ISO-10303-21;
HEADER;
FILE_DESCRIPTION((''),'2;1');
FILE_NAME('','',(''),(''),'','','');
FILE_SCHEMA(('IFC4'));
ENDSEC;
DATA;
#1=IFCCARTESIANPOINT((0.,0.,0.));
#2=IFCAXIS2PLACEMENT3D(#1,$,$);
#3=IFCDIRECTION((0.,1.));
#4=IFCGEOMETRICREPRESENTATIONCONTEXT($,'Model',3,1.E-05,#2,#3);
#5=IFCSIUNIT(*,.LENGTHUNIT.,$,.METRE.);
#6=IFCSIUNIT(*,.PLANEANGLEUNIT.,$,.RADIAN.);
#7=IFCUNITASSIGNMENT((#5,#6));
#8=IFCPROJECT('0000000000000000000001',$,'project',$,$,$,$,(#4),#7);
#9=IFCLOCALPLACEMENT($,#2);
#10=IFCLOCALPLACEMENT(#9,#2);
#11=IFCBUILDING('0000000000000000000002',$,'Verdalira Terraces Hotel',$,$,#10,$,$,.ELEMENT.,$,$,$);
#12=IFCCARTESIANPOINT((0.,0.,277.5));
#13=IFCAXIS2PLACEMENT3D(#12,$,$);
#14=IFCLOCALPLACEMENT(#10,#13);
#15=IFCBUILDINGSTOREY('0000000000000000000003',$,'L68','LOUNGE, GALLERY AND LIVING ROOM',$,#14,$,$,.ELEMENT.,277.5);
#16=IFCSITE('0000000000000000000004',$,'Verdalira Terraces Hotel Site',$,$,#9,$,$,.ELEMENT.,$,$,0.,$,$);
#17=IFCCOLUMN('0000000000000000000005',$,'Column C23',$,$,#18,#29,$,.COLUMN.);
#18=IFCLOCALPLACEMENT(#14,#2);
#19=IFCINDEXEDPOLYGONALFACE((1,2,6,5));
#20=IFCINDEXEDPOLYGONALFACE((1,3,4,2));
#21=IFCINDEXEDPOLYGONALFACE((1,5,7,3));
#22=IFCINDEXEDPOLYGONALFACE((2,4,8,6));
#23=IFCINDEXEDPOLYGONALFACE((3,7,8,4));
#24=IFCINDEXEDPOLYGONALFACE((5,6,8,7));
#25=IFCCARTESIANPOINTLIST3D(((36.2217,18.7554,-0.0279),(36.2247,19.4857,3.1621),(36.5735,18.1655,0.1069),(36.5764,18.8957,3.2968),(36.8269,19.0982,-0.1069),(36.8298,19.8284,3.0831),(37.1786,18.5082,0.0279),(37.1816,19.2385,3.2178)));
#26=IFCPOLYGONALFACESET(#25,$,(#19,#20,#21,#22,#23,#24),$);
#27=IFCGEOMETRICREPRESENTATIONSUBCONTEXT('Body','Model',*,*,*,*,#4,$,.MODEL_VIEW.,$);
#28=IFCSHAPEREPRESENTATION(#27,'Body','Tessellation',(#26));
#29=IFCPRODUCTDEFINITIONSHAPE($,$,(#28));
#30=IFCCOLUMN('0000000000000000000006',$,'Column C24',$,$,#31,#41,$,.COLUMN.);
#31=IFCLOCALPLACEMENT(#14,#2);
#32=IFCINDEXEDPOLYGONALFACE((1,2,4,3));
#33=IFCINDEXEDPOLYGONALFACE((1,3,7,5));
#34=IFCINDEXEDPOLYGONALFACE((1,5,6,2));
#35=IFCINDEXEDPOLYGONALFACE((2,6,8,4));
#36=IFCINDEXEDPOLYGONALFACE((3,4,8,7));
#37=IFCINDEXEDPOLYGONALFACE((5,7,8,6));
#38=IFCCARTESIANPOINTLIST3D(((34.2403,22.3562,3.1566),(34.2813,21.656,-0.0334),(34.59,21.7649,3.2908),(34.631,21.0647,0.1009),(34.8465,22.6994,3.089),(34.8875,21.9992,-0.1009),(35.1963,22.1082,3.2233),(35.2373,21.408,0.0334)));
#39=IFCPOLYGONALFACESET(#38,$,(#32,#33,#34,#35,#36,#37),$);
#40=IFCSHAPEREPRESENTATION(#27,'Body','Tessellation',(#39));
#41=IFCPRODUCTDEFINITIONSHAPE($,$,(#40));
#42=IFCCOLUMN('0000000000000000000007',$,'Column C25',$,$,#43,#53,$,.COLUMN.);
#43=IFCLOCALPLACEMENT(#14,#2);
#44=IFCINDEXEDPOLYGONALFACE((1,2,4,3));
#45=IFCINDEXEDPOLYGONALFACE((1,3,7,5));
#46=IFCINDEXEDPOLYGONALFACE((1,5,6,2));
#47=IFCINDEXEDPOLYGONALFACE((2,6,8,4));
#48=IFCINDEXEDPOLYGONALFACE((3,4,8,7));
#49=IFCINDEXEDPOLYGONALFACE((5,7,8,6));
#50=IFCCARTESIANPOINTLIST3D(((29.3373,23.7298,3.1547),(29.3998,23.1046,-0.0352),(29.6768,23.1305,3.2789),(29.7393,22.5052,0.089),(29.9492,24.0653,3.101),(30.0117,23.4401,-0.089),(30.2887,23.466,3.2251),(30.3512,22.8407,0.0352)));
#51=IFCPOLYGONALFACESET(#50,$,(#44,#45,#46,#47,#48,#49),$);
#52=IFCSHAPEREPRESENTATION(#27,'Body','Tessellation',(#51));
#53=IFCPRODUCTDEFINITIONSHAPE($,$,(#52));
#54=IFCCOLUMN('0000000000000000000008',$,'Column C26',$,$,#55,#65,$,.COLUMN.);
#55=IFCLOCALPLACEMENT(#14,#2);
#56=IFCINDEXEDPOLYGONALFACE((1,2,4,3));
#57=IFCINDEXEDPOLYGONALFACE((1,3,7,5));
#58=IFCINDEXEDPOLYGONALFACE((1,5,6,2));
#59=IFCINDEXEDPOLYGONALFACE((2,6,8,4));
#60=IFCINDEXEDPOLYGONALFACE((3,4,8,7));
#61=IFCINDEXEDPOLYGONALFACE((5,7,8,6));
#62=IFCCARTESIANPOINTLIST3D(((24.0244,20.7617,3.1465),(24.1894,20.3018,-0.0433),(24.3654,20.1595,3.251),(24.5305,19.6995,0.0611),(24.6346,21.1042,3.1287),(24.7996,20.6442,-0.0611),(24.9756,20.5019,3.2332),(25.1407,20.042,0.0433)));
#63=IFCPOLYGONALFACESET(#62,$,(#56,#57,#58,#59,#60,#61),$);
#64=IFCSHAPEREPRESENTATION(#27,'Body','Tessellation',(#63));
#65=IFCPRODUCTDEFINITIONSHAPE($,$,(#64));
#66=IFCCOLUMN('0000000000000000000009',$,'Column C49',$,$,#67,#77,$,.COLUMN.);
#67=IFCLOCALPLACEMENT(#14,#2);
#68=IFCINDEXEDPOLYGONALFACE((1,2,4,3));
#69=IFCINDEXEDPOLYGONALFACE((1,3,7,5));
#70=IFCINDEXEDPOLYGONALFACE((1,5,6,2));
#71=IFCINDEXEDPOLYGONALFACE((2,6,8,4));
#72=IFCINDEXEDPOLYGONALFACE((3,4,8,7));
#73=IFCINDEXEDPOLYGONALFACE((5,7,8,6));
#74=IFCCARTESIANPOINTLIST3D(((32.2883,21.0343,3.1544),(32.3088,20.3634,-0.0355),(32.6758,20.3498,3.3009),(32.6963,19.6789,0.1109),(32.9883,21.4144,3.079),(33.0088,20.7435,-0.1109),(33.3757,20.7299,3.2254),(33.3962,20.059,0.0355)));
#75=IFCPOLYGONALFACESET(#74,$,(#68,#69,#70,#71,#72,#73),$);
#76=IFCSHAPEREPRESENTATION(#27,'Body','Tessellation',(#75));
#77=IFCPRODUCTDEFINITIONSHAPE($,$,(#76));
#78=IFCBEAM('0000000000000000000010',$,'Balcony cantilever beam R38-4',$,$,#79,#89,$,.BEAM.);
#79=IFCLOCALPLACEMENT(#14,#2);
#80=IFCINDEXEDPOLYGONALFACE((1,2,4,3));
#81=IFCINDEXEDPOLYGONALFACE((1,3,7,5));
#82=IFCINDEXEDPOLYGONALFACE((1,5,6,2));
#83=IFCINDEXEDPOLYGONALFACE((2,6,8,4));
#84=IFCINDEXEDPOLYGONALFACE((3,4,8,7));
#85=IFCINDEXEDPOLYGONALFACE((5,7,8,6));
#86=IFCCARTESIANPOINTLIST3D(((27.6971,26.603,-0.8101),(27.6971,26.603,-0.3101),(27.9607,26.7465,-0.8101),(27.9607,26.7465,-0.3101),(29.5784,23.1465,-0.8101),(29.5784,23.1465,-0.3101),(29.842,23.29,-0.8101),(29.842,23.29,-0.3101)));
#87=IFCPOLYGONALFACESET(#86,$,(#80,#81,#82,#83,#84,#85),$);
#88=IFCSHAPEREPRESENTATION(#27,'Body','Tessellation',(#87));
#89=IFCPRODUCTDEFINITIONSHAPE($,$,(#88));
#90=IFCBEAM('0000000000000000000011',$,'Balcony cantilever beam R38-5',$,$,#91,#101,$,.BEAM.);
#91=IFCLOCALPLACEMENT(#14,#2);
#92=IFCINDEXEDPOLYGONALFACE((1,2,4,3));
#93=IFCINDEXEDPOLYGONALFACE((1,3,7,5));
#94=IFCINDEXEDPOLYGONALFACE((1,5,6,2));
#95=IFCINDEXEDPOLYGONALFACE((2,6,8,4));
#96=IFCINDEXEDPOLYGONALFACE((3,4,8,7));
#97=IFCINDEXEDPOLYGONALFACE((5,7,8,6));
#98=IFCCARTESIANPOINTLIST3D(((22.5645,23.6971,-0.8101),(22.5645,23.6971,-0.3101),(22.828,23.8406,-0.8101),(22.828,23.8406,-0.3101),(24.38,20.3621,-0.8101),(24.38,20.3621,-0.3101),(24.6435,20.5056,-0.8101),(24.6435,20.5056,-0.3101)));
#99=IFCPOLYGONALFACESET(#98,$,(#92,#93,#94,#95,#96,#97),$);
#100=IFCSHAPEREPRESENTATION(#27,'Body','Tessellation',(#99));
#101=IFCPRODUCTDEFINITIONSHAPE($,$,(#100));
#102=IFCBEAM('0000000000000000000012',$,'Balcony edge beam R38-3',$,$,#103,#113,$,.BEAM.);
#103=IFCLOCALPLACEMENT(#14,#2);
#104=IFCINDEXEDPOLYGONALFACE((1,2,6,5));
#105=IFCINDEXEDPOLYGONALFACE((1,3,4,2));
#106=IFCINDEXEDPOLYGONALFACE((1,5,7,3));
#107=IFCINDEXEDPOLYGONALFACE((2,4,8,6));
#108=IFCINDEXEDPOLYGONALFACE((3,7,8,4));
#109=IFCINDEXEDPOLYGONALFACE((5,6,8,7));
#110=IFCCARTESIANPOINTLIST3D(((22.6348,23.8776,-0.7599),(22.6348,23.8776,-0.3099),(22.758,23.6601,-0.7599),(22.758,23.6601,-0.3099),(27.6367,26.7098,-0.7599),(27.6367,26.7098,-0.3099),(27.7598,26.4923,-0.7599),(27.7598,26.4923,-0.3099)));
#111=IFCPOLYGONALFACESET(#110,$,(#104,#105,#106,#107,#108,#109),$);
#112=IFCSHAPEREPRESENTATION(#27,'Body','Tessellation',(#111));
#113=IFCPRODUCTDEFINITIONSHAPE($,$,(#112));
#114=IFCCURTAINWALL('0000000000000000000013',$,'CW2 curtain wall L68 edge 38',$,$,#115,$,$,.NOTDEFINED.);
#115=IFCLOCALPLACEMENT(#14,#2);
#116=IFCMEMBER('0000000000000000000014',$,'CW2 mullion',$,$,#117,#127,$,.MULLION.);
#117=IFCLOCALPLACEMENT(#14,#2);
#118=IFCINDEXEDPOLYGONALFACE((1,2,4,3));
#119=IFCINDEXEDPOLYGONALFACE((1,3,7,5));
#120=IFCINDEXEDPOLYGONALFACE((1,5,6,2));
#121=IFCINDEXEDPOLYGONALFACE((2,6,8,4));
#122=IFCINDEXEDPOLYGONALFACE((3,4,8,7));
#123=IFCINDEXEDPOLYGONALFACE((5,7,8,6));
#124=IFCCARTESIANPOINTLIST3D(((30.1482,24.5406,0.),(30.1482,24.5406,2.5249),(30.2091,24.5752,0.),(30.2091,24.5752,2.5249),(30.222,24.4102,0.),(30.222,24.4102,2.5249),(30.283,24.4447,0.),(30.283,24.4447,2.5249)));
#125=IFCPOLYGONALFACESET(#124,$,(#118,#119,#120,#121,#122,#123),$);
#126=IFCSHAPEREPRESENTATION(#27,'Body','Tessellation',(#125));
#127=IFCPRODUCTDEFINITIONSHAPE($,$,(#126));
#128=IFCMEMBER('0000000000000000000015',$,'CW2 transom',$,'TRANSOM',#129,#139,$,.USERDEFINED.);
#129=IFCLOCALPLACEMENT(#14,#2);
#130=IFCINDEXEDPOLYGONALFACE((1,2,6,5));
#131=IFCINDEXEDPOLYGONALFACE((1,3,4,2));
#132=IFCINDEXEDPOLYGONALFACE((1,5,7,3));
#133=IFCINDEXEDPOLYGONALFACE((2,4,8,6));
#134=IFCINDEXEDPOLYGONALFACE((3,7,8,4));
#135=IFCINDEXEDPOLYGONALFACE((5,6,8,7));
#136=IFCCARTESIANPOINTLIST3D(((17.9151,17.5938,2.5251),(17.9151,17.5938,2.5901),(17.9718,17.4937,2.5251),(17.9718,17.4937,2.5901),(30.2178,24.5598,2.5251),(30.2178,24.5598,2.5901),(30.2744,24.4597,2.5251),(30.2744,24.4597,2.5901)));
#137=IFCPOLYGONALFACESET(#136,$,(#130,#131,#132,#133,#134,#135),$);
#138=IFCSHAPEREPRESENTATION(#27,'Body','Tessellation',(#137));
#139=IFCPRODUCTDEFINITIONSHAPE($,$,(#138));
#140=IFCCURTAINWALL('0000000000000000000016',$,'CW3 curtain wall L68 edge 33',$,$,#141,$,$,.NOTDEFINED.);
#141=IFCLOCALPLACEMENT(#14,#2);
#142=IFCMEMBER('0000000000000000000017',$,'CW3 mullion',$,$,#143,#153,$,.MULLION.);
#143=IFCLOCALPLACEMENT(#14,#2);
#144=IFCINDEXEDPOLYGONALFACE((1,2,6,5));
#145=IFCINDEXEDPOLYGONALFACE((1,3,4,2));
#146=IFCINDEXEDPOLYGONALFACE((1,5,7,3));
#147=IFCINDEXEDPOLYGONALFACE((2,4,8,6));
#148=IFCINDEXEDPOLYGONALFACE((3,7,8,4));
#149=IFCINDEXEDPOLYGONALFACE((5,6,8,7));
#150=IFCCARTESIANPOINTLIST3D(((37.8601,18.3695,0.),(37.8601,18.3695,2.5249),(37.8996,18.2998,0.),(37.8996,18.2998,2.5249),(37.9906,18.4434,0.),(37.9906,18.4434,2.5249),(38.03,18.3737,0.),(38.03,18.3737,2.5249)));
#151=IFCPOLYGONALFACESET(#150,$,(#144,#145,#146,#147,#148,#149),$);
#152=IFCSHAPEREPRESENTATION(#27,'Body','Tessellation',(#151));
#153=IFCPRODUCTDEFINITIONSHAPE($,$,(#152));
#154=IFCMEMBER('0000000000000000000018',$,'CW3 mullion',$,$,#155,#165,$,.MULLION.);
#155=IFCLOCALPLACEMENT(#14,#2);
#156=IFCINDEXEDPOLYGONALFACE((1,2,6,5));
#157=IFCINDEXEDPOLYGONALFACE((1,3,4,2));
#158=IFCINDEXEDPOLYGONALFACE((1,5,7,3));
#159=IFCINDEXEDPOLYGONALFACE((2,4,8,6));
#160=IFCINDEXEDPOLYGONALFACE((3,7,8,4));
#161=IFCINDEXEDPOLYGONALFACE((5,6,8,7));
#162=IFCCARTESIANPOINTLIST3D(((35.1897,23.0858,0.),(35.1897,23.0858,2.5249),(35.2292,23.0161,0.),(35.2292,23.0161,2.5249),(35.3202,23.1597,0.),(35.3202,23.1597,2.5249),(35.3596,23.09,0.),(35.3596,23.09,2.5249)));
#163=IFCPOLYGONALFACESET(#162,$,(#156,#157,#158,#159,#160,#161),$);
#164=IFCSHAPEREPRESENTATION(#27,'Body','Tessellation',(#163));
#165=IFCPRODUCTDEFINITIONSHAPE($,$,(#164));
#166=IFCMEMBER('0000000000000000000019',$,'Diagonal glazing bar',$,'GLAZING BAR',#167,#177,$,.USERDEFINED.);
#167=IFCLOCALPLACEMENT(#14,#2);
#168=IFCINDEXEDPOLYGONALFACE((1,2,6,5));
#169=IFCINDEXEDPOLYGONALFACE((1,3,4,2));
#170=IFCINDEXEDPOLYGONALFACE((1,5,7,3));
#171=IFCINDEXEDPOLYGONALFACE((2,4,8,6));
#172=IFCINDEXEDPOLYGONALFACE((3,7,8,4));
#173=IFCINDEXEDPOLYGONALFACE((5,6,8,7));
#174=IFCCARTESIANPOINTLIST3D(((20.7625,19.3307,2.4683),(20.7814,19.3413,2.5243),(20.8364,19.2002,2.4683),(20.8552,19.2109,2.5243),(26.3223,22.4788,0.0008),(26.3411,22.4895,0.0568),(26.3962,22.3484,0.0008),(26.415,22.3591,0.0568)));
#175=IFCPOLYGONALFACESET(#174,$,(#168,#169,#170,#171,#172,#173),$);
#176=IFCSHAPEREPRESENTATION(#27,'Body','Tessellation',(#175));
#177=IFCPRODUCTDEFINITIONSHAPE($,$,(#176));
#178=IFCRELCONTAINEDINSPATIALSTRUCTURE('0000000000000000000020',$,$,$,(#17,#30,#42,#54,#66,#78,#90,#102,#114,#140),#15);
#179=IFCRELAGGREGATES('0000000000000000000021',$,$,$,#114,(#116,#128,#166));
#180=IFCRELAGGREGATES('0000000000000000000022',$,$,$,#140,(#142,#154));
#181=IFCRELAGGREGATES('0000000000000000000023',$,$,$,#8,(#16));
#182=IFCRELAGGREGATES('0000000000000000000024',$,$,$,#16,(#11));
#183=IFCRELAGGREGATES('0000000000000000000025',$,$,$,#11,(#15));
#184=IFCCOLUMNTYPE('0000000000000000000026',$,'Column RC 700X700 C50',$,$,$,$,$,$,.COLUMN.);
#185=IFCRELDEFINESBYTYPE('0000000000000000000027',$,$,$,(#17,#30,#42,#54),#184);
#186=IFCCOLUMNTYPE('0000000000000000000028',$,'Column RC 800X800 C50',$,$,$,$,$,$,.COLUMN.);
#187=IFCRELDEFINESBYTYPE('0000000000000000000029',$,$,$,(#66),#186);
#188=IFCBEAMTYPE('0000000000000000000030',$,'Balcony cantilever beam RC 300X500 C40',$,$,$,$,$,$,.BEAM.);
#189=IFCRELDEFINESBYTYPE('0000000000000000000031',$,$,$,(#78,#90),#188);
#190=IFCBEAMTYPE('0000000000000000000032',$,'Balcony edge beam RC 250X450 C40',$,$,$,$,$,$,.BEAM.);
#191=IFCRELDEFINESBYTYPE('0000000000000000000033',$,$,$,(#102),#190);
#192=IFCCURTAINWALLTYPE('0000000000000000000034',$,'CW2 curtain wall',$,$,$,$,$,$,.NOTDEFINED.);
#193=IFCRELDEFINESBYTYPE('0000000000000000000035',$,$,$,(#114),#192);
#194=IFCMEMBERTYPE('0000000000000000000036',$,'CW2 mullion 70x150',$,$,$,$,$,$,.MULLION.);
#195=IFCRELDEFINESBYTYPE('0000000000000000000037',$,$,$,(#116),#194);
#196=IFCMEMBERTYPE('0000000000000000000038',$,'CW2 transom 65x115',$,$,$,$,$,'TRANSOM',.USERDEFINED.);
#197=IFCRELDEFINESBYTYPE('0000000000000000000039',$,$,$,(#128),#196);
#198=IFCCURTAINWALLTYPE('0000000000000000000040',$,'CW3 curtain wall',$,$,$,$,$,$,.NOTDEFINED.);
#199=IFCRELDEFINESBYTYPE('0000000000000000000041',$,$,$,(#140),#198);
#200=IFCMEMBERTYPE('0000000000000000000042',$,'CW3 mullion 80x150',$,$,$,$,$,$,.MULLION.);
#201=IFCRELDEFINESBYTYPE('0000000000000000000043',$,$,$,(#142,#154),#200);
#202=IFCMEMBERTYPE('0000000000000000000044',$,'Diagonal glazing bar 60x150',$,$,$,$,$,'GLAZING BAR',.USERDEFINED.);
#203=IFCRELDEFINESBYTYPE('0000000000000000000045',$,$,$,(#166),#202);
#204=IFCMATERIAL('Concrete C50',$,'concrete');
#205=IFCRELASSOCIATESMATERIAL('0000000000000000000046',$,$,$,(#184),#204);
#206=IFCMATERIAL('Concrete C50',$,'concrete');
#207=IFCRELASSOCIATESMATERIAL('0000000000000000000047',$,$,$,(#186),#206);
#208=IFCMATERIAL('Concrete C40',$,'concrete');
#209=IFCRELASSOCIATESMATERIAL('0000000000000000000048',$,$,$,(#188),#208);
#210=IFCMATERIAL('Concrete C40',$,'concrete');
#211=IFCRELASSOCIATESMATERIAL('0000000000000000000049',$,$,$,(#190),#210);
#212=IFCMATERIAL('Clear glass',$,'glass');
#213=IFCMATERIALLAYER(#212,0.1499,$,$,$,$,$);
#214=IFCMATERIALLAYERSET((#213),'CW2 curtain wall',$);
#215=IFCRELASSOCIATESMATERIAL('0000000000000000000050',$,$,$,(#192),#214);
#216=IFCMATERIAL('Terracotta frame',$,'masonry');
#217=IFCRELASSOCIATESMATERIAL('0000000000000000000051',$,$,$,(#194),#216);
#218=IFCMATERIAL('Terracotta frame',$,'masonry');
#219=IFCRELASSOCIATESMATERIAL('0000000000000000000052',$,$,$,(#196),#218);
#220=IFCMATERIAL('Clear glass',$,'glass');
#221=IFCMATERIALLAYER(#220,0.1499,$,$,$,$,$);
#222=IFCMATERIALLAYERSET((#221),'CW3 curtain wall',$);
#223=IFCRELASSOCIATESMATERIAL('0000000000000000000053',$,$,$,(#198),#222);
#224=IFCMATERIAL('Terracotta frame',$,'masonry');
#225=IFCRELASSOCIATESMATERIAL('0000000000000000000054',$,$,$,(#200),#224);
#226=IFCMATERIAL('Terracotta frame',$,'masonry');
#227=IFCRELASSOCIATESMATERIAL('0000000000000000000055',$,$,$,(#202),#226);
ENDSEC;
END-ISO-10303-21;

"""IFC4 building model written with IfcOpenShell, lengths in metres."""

from ifc_helpers import new_model, si_unit, direction, frame, origin, origin_2d, place, context, subcontext, project, spatial, rectangle, extrude, material, layer, layer_set, material_profile, profile_set, type_object, element, aggregate, save


model = new_model("IFC4")

# Units and contexts
model_context = context("Model", 3, precision=1e-05, world=origin(), true_north=direction((0.0, 1.0)))
body_context = subcontext(model_context, "Body", "Model", "MODEL_VIEW")
ifc_project = project(units=[si_unit("LENGTHUNIT", "METRE"), si_unit("PLANEANGLEUNIT", "RADIAN")], contexts=[model_context])

# Site, building, storey
site_placement = place(None, origin())
site = spatial("IfcSite", under=ifc_project, at=site_placement, Name="Verdalira Terraces Hotel Site", CompositionType="ELEMENT", RefElevation=0.0)
building_placement = place(site_placement, origin())
building = spatial("IfcBuilding", under=site, at=building_placement, Name="Verdalira Terraces Hotel", CompositionType="ELEMENT")
storey_placement = place(building_placement, frame((0.0, 0.0, 277.5)))
storey = spatial("IfcBuildingStorey", under=building, at=storey_placement, Name="L68", Description="LOUNGE, GALLERY AND LIVING ROOM", CompositionType="ELEMENT", Elevation=277.5)

# Columns
ifc_material_1 = material(Name="Concrete C50", Category="concrete")
ifc_material_profile_1 = material_profile(ifc_material_1, rectangle(XDim=0.7, YDim=0.7, at=origin_2d()), Name="RC 700X700")
ifc_profile_set_1 = profile_set([ifc_material_profile_1], Name="Concrete C50")
column_type_1 = type_object("IfcColumnType", Name="Column RC 700X700 C50", PredefinedType="COLUMN", material=ifc_profile_set_1)
column_1_placement = place(storey_placement, frame((36.7002, 18.6318, 0.0), z_axis=(0.000895, 0.223143, 0.974785), x_axis=(-0.502531, 0.84286, -0.192482)))
element("IfcColumn", 1, at=column_1_placement, inside=storey, type_object=column_type_1, Name="Column C23", PredefinedType="COLUMN", context=body_context, shape_type="SweptSolid", body=[
    extrude(rectangle(XDim=0.7, YDim=0.7, at=origin_2d()), origin(), (0.0, 0.0, 1.0), 3.2725),
])
column_2_placement = place(storey_placement, frame((34.7593, 21.532, 0.0), z_axis=(-0.012558, 0.21438, 0.97667), x_axis=(-0.499665, 0.844708, -0.191839)))
element("IfcColumn", 2, at=column_2_placement, inside=storey, type_object=column_type_1, Name="Column C24", PredefinedType="COLUMN", context=body_context, shape_type="SweptSolid", body=[
    extrude(rectangle(XDim=0.7, YDim=0.7, at=origin_2d()), origin(), (0.0, 0.0, 1.0), 3.2661),
])
column_3_placement = place(storey_placement, frame((29.8755, 22.9727, 0.0), z_axis=(-0.019223, 0.192309, 0.981146), x_axis=(-0.874261, -0.47934, 0.076824)))
element("IfcColumn", 3, at=column_3_placement, inside=storey, type_object=column_type_1, Name="Column C25", PredefinedType="COLUMN", context=body_context, shape_type="SweptSolid", body=[
    extrude(rectangle(XDim=0.7, YDim=0.7, at=origin_2d()), origin(), (0.0, 0.0, 1.0), 3.2512),
])
column_4_placement = place(storey_placement, frame((24.665, 20.1719, 0.0), z_axis=(-0.051141, 0.142528, 0.988469), x_axis=(-0.871779, -0.489238, 0.02544)))
element("IfcColumn", 4, at=column_4_placement, inside=storey, type_object=column_type_1, Name="Column C26", PredefinedType="COLUMN", context=body_context, shape_type="SweptSolid", body=[
    extrude(rectangle(XDim=0.7, YDim=0.7, at=origin_2d()), origin(), (0.0, 0.0, 1.0), 3.2271),
])
ifc_material_2 = material(Name="Concrete C50", Category="concrete")
ifc_material_profile_2 = material_profile(ifc_material_2, rectangle(XDim=0.8, YDim=0.8, at=origin_2d()), Name="RC 800X800")
ifc_profile_set_2 = profile_set([ifc_material_profile_2], Name="Concrete C50")
column_type_2 = type_object("IfcColumnType", Name="Column RC 800X800 C50", PredefinedType="COLUMN", material=ifc_profile_set_2)
column_5_placement = place(storey_placement, frame((32.8525, 20.2112, 0.0), z_axis=(-0.006291, 0.20581, 0.978572), x_axis=(0.874884, 0.475067, -0.09429)))
element("IfcColumn", 5, at=column_5_placement, inside=storey, type_object=column_type_2, Name="Column C49", PredefinedType="COLUMN", context=body_context, shape_type="SweptSolid", body=[
    extrude(rectangle(XDim=0.8, YDim=0.8, at=origin_2d()), origin(), (0.0, 0.0, 1.0), 3.2598),
])

# Beams
ifc_material_3 = material(Name="Concrete C40", Category="concrete")
ifc_material_profile_3 = material_profile(ifc_material_3, rectangle(XDim=0.3, YDim=0.5, at=origin_2d()), Name="RC 300X500")
ifc_profile_set_3 = profile_set([ifc_material_profile_3], Name="Concrete C40")
beam_type_1 = type_object("IfcBeamType", Name="Balcony cantilever beam RC 300X500 C40", PredefinedType="BEAM", material=ifc_profile_set_3)
beam_1_placement = place(storey_placement, frame((29.7102, 23.2183, -0.5601), z_axis=(-0.478061, 0.878327, 0.0), x_axis=(-0.878327, -0.478061, 0.0)))
element("IfcBeam", 6, at=beam_1_placement, inside=storey, type_object=beam_type_1, Name="Balcony cantilever beam R38-4", PredefinedType="BEAM", context=body_context, shape_type="SweptSolid", body=[
    extrude(rectangle(XDim=0.3, YDim=0.5, at=origin_2d()), origin(), (0.0, 0.0, 1.0), 3.9353),
])
beam_2_placement = place(storey_placement, frame((24.5117, 20.4338, -0.5601), z_axis=(-0.478113, 0.878298, 0.0), x_axis=(-0.878298, -0.478113, 0.0)))
element("IfcBeam", 7, at=beam_2_placement, inside=storey, type_object=beam_type_1, Name="Balcony cantilever beam R38-5", PredefinedType="BEAM", context=body_context, shape_type="SweptSolid", body=[
    extrude(rectangle(XDim=0.3, YDim=0.5, at=origin_2d()), origin(), (0.0, 0.0, 1.0), 3.7971),
])
ifc_material_4 = material(Name="Concrete C40", Category="concrete")
ifc_material_profile_4 = material_profile(ifc_material_4, rectangle(XDim=0.25, YDim=0.45, at=origin_2d()), Name="RC 250X450")
ifc_profile_set_4 = profile_set([ifc_material_profile_4], Name="Concrete C40")
beam_type_2 = type_object("IfcBeamType", Name="Balcony edge beam RC 250X450 C40", PredefinedType="BEAM", material=ifc_profile_set_4)
beam_3_placement = place(storey_placement, frame((27.6982, 26.6011, -0.5349), z_axis=(-0.870184, -0.492727, 0.0), x_axis=(0.492727, -0.870184, 0.0)))
element("IfcBeam", 8, at=beam_3_placement, inside=storey, type_object=beam_type_2, Name="Balcony edge beam R38-3", PredefinedType="BEAM", context=body_context, shape_type="SweptSolid", body=[
    extrude(rectangle(XDim=0.25, YDim=0.45, at=origin_2d()), origin(), (0.0, 0.0, 1.0), 5.748),
])

# Curtain walls, members
ifc_material_5 = material(Name="Clear glass", Category="glass")
ifc_layer_1 = layer(ifc_material_5, 0.1499)
ifc_layer_set_1 = layer_set([ifc_layer_1], Name="CW2 curtain wall")
curtain_wall_type_1 = type_object("IfcCurtainWallType", Name="CW2 curtain wall", PredefinedType="NOTDEFINED", material=ifc_layer_set_1)
curtain_wall_1_placement = place(storey_placement, origin())
curtain_wall_1 = element("IfcCurtainWall", 9, at=curtain_wall_1_placement, inside=storey, type_object=curtain_wall_type_1, Name="CW2 curtain wall L68 edge 38", PredefinedType="NOTDEFINED")
ifc_material_6 = material(Name="Terracotta frame", Category="masonry")
ifc_material_profile_5 = material_profile(ifc_material_6, rectangle(XDim=0.0701, YDim=0.1499, at=origin_2d()), Name="MU 70x150")
ifc_profile_set_5 = profile_set([ifc_material_profile_5], Name="Terracotta frame")
member_type_1 = type_object("IfcMemberType", Name="CW2 mullion 70x150", PredefinedType="MULLION", material=ifc_profile_set_5)
member_1_placement = place(storey_placement, frame((30.2156, 24.4927, 0.0), z_axis=(0.0, 0.0, 1.0), x_axis=(-0.870184, -0.492727, 0.0)))
member_1 = element("IfcMember", 10, at=member_1_placement, type_object=member_type_1, Name="CW2 mullion", PredefinedType="MULLION", context=body_context, shape_type="SweptSolid", body=[
    extrude(rectangle(XDim=0.0701, YDim=0.1499, at=origin_2d()), origin(), (0.0, 0.0, 1.0), 2.5249),
])
ifc_material_7 = material(Name="Terracotta frame", Category="masonry")
ifc_material_profile_6 = material_profile(ifc_material_7, rectangle(XDim=0.115, YDim=0.0649, at=origin_2d()), Name="TR 65x115")
ifc_profile_set_6 = profile_set([ifc_material_profile_6], Name="Terracotta frame")
member_type_2 = type_object("IfcMemberType", Name="CW2 transom 65x115", ElementType="TRANSOM", PredefinedType="USERDEFINED", material=ifc_profile_set_6)
member_2_placement = place(storey_placement, frame((30.2461, 24.5098, 2.5576), z_axis=(-0.870189, -0.492719, 0.0), x_axis=(0.492719, -0.870189, 0.0)))
member_2 = element("IfcMember", 11, at=member_2_placement, type_object=member_type_2, Name="CW2 transom", ObjectType="TRANSOM", PredefinedType="USERDEFINED", context=body_context, shape_type="SweptSolid", body=[
    extrude(rectangle(XDim=0.115, YDim=0.0649, at=origin_2d()), origin(), (0.0, 0.0, 1.0), 14.1379),
])
ifc_material_8 = material(Name="Clear glass", Category="glass")
ifc_layer_2 = layer(ifc_material_8, 0.1499)
ifc_layer_set_2 = layer_set([ifc_layer_2], Name="CW3 curtain wall")
curtain_wall_type_2 = type_object("IfcCurtainWallType", Name="CW3 curtain wall", PredefinedType="NOTDEFINED", material=ifc_layer_set_2)
curtain_wall_2_placement = place(storey_placement, origin())
curtain_wall_2 = element("IfcCurtainWall", 12, at=curtain_wall_2_placement, inside=storey, type_object=curtain_wall_type_2, Name="CW3 curtain wall L68 edge 33", PredefinedType="NOTDEFINED")
ifc_material_9 = material(Name="Terracotta frame", Category="masonry")
ifc_material_profile_7 = material_profile(ifc_material_9, rectangle(XDim=0.0801, YDim=0.1499, at=origin_2d()), Name="MU 80x150")
ifc_profile_set_7 = profile_set([ifc_material_profile_7], Name="Terracotta frame")
member_type_3 = type_object("IfcMemberType", Name="CW3 mullion 80x150", PredefinedType="MULLION", material=ifc_profile_set_7)
member_3_placement = place(storey_placement, frame((37.9451, 18.3716, 0.0), z_axis=(0.0, 0.0, 1.0), x_axis=(-0.492727, 0.870184, 0.0)))
member_3 = element("IfcMember", 13, at=member_3_placement, type_object=member_type_3, Name="CW3 mullion", PredefinedType="MULLION", context=body_context, shape_type="SweptSolid", body=[
    extrude(rectangle(XDim=0.0801, YDim=0.1499, at=origin_2d()), origin(), (0.0, 0.0, 1.0), 2.5249),
])
member_4_placement = place(storey_placement, frame((35.2747, 23.0879, 0.0), z_axis=(0.0, 0.0, 1.0), x_axis=(-0.492727, 0.870184, 0.0)))
member_4 = element("IfcMember", 14, at=member_4_placement, type_object=member_type_3, Name="CW3 mullion", PredefinedType="MULLION", context=body_context, shape_type="SweptSolid", body=[
    extrude(rectangle(XDim=0.0801, YDim=0.1499, at=origin_2d()), origin(), (0.0, 0.0, 1.0), 2.5249),
])

# Member
ifc_material_10 = material(Name="Terracotta frame", Category="masonry")
ifc_material_profile_8 = material_profile(ifc_material_10, rectangle(XDim=0.1499, YDim=0.0601, at=origin_2d()), Name="GB 60x150")
ifc_profile_set_8 = profile_set([ifc_material_profile_8], Name="Terracotta frame")
member_type_4 = type_object("IfcMemberType", Name="Diagonal glazing bar 60x150", ElementType="GLAZING BAR", PredefinedType="USERDEFINED", material=ifc_profile_set_8)
member_5_placement = place(storey_placement, frame((26.3687, 22.4189, 0.0288), z_axis=(-0.811748, -0.459645, 0.360266), x_axis=(0.492732, -0.870181, 0.0)))
member_5 = element("IfcMember", 15, at=member_5_placement, type_object=member_type_4, Name="Diagonal glazing bar", ObjectType="GLAZING BAR", PredefinedType="USERDEFINED", context=body_context, shape_type="SweptSolid", body=[
    extrude(rectangle(XDim=0.1499, YDim=0.0601, at=origin_2d()), origin(), (0.0, 0.0, 1.0), 6.8491),
])
aggregate(curtain_wall_1, [member_1, member_2, member_5])

aggregate(curtain_wall_2, [member_3, member_4])

save(model, "model.ifc")
